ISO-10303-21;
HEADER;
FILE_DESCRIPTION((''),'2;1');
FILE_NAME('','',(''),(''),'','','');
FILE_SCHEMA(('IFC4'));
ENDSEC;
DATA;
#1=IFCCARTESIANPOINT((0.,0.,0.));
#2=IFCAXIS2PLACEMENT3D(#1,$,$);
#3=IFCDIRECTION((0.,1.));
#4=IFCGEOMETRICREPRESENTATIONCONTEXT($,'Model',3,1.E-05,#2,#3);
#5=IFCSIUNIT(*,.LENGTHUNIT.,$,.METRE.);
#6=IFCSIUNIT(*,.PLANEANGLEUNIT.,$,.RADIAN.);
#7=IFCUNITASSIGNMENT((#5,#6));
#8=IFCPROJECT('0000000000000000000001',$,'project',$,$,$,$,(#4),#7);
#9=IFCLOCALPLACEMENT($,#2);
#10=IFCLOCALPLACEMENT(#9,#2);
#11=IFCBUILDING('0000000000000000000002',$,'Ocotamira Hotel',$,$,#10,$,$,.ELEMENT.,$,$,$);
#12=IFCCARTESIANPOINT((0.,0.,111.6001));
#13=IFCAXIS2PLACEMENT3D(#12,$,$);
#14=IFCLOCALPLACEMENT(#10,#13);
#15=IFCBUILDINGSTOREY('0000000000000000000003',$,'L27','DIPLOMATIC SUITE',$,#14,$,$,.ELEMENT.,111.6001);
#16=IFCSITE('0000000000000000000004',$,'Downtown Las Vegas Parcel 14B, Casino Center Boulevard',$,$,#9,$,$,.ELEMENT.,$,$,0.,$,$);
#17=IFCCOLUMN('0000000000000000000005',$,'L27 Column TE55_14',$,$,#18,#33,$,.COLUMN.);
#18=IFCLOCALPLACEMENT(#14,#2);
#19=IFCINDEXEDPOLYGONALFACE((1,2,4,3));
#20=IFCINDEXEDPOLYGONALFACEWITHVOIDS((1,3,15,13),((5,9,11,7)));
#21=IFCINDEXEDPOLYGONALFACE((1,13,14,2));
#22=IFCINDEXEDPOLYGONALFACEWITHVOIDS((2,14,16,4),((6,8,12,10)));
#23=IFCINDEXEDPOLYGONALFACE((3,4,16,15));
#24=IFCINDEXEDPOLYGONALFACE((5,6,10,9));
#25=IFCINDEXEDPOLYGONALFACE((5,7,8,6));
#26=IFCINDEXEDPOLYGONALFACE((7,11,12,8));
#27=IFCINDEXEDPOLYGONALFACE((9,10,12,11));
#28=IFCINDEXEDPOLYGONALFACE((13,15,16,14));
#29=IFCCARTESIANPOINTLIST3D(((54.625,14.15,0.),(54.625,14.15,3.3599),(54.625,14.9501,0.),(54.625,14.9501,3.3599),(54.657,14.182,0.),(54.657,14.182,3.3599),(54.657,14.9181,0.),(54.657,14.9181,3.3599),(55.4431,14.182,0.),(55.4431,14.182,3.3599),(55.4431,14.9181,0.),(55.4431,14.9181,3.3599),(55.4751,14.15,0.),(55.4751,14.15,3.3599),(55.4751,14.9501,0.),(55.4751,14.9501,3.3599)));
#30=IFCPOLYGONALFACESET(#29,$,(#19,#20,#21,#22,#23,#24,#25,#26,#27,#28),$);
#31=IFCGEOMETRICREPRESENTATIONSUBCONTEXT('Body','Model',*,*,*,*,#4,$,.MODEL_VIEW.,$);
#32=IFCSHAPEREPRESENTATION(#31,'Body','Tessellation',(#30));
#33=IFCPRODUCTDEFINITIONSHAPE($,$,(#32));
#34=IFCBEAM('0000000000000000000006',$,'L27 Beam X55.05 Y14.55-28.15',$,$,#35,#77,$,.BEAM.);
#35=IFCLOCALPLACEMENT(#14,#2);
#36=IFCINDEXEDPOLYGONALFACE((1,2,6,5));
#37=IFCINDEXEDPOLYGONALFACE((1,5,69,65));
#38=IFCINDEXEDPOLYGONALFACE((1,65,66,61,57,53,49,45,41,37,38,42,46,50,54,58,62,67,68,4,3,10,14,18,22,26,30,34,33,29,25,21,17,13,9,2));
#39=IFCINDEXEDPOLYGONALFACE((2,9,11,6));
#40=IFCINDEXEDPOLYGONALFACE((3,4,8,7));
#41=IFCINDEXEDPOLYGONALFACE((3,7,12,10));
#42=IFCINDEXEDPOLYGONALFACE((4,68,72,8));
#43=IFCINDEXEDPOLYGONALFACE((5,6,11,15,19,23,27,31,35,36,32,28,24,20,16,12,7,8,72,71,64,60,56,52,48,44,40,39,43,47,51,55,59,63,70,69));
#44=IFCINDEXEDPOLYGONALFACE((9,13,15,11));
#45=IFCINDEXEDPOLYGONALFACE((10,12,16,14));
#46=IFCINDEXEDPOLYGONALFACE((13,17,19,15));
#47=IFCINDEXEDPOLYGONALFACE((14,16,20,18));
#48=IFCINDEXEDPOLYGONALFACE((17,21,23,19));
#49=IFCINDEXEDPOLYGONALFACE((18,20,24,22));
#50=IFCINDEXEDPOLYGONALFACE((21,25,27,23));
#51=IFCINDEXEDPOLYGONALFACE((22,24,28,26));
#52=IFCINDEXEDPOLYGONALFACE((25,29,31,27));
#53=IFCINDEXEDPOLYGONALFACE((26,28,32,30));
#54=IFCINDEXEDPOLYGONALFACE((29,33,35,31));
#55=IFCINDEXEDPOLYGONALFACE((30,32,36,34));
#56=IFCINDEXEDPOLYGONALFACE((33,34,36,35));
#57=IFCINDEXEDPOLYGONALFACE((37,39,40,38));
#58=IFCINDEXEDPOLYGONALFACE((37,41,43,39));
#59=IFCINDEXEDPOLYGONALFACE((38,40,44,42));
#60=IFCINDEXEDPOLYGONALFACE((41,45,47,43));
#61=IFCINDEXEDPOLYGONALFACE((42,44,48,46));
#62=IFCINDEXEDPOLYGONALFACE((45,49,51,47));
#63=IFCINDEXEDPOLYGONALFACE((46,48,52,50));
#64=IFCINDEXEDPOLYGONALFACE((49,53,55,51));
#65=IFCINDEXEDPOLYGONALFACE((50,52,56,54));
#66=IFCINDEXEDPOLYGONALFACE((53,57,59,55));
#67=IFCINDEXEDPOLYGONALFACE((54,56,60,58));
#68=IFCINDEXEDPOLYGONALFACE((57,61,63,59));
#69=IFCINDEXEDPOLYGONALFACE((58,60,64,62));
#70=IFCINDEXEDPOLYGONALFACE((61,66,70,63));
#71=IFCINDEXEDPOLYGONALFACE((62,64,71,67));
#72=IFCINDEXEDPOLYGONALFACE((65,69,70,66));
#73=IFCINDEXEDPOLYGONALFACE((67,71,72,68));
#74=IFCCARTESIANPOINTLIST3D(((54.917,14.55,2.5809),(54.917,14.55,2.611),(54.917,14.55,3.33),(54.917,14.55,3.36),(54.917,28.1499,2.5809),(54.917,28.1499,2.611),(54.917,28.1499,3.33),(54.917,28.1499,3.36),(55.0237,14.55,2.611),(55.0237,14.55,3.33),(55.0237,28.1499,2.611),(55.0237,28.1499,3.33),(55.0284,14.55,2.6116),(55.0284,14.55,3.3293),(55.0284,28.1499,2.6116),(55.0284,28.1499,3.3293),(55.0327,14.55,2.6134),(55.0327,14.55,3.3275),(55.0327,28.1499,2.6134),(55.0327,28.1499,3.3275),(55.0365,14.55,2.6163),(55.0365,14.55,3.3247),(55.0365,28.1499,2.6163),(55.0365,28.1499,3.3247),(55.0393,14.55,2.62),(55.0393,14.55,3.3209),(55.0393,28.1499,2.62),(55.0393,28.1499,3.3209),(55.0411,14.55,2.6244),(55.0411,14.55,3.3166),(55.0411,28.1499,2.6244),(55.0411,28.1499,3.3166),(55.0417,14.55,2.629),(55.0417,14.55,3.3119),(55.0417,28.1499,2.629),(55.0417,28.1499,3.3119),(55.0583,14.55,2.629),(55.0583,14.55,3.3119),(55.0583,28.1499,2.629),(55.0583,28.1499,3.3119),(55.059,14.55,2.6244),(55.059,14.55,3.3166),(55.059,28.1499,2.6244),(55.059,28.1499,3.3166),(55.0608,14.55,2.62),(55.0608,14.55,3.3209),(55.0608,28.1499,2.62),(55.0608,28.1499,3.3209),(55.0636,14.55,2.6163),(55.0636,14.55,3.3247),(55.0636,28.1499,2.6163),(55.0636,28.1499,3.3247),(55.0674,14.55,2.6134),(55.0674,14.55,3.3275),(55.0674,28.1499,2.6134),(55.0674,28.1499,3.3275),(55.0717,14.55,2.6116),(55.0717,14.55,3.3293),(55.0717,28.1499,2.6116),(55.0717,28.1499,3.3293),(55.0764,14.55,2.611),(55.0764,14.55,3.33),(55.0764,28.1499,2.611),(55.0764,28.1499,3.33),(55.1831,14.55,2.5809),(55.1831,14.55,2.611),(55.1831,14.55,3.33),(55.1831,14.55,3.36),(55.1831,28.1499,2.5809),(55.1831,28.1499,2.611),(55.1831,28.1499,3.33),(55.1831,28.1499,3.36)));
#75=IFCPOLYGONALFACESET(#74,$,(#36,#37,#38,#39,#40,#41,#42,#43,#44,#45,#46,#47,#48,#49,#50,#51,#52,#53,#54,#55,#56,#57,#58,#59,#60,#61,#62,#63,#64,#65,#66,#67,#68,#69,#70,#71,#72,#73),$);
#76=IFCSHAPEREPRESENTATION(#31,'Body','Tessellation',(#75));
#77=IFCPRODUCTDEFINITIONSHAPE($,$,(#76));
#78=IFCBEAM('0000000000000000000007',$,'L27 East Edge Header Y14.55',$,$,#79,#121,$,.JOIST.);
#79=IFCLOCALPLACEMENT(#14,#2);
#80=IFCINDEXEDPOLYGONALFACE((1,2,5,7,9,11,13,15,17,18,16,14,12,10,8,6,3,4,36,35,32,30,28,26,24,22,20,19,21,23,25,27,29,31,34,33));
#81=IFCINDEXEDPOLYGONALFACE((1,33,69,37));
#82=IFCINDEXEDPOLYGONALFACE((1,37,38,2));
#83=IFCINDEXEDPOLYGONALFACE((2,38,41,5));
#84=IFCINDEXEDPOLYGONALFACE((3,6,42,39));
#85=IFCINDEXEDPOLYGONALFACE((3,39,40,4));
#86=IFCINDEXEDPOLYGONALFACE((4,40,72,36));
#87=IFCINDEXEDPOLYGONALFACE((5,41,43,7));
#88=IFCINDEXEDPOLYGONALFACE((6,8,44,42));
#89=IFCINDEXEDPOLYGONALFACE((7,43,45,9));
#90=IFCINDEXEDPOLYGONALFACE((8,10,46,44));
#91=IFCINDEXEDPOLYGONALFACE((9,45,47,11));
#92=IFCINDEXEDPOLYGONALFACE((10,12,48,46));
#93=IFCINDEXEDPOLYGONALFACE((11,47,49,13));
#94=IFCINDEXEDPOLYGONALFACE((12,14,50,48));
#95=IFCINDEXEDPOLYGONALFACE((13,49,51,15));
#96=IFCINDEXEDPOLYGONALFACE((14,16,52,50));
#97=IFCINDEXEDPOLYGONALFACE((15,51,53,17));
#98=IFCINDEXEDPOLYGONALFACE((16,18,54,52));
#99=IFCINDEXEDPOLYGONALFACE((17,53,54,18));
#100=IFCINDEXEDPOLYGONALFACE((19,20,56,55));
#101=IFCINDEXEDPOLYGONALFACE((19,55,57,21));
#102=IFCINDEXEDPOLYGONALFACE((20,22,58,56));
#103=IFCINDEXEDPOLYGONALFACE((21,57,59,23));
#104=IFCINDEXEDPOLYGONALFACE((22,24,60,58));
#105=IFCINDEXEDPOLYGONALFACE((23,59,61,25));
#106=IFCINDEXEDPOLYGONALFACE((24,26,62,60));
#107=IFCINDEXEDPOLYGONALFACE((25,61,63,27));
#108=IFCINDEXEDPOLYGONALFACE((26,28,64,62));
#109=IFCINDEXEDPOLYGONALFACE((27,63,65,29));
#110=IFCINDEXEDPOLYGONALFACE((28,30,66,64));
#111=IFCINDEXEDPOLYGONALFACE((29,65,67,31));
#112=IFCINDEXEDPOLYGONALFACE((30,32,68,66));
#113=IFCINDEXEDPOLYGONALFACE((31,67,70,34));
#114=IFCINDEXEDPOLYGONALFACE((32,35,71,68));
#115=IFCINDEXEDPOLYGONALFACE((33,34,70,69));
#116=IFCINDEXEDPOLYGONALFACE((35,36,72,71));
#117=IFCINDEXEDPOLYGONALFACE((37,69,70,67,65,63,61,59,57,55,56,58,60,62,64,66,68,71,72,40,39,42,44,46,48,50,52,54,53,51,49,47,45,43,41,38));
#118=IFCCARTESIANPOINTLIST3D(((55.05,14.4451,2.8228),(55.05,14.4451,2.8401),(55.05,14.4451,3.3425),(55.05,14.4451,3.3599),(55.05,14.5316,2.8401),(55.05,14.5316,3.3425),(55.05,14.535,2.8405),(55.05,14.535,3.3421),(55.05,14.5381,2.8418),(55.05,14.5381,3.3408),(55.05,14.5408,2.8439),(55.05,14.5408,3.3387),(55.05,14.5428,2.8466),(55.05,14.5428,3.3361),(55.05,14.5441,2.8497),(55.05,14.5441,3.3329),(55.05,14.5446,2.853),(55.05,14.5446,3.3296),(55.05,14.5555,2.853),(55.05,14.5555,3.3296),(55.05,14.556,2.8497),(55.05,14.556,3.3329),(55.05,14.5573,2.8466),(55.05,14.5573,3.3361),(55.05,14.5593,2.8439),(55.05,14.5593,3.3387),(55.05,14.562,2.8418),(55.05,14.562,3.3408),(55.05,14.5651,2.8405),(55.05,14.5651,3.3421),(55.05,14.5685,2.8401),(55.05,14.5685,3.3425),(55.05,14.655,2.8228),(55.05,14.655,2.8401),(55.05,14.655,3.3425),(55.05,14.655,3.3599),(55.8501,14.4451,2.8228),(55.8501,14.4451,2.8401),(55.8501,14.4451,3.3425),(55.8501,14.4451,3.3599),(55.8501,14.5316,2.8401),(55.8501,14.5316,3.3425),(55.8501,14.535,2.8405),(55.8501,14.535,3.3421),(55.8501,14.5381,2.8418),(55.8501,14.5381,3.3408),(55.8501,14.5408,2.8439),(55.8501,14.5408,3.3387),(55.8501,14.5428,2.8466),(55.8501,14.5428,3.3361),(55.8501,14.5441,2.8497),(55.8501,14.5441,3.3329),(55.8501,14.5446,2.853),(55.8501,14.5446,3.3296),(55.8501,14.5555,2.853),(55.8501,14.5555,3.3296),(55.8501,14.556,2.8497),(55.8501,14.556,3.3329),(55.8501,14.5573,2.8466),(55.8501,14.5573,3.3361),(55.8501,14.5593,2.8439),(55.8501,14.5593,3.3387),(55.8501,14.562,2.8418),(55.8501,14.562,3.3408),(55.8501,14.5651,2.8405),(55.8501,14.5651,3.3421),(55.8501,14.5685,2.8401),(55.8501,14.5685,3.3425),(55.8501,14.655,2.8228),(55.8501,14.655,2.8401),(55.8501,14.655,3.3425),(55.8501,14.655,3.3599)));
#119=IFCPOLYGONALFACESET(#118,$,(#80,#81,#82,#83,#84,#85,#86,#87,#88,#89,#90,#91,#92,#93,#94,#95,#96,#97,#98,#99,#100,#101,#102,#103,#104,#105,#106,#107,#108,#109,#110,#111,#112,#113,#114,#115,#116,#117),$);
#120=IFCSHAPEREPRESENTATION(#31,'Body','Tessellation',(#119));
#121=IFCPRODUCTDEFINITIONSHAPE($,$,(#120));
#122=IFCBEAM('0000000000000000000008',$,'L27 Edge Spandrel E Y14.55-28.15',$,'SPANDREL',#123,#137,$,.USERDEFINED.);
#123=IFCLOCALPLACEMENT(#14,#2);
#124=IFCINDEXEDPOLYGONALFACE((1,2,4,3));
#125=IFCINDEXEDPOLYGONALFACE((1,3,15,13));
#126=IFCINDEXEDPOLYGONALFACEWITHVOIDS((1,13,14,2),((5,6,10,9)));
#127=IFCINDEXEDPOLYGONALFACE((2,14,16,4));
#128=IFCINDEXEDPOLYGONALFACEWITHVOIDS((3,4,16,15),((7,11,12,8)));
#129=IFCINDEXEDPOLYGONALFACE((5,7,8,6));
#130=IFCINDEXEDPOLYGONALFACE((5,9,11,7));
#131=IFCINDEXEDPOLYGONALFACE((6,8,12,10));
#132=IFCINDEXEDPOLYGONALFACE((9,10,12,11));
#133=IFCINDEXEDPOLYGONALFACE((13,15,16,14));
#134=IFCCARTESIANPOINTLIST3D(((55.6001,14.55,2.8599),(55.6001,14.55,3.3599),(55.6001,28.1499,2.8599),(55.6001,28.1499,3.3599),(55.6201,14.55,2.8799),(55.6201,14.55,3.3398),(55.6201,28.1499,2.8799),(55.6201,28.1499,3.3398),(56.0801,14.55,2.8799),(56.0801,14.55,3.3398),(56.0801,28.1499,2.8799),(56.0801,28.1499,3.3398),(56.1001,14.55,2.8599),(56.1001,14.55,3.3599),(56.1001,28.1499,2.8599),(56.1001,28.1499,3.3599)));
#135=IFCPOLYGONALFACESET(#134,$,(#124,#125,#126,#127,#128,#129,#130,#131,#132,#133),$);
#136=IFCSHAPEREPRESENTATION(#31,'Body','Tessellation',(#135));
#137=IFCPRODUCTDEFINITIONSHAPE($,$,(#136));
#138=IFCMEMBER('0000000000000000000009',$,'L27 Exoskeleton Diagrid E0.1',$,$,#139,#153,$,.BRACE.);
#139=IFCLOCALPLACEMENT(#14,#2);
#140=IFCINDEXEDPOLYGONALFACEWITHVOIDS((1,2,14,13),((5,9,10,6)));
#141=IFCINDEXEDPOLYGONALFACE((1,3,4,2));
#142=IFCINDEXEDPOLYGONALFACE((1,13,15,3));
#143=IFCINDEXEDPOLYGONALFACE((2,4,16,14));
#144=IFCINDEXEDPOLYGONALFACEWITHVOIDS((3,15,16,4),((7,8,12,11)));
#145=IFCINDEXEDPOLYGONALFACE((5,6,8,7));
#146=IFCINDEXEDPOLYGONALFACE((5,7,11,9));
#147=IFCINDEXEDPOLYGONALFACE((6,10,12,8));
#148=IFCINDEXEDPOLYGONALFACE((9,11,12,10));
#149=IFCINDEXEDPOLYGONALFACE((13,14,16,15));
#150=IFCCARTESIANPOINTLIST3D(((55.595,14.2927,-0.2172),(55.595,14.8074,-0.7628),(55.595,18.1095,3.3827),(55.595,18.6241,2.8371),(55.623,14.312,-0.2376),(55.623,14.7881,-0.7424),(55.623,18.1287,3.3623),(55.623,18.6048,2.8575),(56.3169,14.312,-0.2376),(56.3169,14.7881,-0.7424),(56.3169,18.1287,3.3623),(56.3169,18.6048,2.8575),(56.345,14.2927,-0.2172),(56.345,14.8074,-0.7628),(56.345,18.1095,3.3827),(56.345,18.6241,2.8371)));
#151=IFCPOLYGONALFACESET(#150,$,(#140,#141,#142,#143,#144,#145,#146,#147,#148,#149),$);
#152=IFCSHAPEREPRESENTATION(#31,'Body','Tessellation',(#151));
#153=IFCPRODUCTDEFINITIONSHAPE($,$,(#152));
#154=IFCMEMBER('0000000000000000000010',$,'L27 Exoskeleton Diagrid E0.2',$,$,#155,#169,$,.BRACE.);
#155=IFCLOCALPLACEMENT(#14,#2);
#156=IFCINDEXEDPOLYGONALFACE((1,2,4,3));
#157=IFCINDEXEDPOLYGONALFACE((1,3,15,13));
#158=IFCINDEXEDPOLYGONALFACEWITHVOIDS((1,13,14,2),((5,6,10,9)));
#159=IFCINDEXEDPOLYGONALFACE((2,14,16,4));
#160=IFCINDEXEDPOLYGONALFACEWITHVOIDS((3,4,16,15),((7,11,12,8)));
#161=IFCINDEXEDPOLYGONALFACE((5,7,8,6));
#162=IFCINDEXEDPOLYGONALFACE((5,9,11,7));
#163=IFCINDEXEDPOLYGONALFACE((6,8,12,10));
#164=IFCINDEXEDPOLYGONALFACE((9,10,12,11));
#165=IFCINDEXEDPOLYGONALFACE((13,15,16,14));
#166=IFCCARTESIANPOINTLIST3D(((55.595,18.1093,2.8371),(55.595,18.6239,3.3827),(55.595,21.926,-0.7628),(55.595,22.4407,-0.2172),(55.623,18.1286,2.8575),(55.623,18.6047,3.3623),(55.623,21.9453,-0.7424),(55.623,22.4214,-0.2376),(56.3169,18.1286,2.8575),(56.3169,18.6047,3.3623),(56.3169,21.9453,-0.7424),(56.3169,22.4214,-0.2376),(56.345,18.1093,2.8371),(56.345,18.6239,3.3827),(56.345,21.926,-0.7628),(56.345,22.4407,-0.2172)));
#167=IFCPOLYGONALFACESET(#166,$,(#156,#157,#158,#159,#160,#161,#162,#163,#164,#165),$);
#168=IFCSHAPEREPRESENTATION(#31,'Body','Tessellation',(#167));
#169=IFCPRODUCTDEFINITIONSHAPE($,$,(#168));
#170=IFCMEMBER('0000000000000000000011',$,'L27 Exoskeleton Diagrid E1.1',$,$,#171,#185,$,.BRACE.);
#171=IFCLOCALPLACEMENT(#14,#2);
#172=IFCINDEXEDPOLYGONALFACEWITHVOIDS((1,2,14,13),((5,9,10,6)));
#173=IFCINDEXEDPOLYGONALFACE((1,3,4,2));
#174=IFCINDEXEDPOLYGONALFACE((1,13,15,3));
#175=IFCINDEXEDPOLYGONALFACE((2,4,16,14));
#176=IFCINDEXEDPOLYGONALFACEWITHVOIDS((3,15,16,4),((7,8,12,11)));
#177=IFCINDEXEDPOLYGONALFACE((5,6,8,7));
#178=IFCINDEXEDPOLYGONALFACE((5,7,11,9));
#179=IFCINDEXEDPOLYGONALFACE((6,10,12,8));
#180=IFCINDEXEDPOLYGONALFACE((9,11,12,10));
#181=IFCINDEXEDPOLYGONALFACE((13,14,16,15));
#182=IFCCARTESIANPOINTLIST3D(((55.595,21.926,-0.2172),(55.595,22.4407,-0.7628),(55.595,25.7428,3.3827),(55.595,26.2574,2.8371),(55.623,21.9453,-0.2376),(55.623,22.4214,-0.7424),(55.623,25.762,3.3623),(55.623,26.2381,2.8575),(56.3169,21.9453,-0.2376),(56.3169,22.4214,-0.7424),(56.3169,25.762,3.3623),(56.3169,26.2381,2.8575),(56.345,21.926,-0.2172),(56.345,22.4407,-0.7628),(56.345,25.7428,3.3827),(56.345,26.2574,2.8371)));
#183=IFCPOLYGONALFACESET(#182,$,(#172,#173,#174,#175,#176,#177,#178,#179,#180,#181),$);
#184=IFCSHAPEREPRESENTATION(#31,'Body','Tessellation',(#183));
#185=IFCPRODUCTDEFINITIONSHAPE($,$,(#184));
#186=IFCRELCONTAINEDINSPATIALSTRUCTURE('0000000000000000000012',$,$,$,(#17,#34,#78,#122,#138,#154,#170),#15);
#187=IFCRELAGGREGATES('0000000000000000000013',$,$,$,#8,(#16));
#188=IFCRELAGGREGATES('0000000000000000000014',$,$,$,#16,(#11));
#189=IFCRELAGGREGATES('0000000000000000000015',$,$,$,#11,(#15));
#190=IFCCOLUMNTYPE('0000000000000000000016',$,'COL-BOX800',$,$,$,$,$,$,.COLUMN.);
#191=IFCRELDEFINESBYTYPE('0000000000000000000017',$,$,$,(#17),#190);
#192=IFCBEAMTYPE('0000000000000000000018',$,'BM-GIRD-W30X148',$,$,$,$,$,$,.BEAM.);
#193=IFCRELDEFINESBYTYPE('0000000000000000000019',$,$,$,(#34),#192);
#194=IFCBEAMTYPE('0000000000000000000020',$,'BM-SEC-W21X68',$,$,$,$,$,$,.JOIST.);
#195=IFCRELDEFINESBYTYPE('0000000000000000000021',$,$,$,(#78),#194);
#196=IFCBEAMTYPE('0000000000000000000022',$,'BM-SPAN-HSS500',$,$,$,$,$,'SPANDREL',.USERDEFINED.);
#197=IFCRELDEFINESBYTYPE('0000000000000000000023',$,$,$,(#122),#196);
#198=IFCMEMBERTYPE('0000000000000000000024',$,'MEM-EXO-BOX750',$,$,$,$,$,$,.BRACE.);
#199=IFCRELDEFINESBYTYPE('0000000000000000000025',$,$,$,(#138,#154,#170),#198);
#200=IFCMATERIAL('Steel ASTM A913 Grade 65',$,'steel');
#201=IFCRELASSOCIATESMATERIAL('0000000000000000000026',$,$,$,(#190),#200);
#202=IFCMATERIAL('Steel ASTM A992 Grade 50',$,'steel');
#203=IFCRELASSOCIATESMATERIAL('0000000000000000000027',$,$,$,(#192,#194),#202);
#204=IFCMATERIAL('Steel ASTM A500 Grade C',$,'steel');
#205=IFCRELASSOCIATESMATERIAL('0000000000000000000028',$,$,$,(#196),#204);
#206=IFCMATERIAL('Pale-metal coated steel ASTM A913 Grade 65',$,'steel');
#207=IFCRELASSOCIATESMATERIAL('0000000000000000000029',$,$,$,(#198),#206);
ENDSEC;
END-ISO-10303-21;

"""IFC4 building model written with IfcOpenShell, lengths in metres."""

from ifc_helpers import new_model, si_unit, direction, frame, origin, origin_2d, place, context, subcontext, project, spatial, hollow_rectangle, i_section, extrude, source, transform, mapped, material, material_profile, profile_set, type_object, element, save


model = new_model("IFC4")

# Units and contexts
model_context = context("Model", 3, precision=1e-05, world=origin(), true_north=direction((0.0, 1.0)))
body_context = subcontext(model_context, "Body", "Model", "MODEL_VIEW")
ifc_project = project(units=[si_unit("LENGTHUNIT", "METRE"), si_unit("PLANEANGLEUNIT", "RADIAN")], contexts=[model_context])

# Site, building, storey
site_placement = place(None, origin())
site = spatial("IfcSite", under=ifc_project, at=site_placement, Name="Downtown Las Vegas Parcel 14B, Casino Center Boulevard", CompositionType="ELEMENT", RefElevation=0.0)
building_placement = place(site_placement, origin())
building = spatial("IfcBuilding", under=site, at=building_placement, Name="Ocotamira Hotel", CompositionType="ELEMENT")
storey_placement = place(building_placement, frame((0.0, 0.0, 111.6001)))
storey = spatial("IfcBuildingStorey", under=building, at=storey_placement, Name="L27", Description="DIPLOMATIC SUITE", CompositionType="ELEMENT", Elevation=111.6001)

# Column
ifc_material_1 = material(Name="Steel ASTM A913 Grade 65", Category="steel")
ifc_material_profile_1 = material_profile(ifc_material_1, hollow_rectangle(XDim=0.8501, YDim=0.8, WallThickness=0.032, at=origin_2d()), Name="BOX800X850X32")
ifc_profile_set_1 = profile_set([ifc_material_profile_1], Name="Steel ASTM A913 Grade 65")
column_type = type_object("IfcColumnType", Name="COL-BOX800", PredefinedType="COLUMN", material=ifc_profile_set_1)
shared_shape_1 = source(origin(), body_context, "Body", "SweptSolid", [
    extrude(hollow_rectangle(XDim=0.8501, YDim=0.8, WallThickness=0.032, at=origin_2d()), origin(), (0.0, 0.0, 1.0), 3.3599),
])
column_placement = place(storey_placement, frame((55.05, 14.55, 0.0), z_axis=(0.0, 0.0, 1.0), x_axis=(1.0, 0.0, 0.0)))
element("IfcColumn", 1, at=column_placement, inside=storey, type_object=column_type, Name="L27 Column TE55_14", PredefinedType="COLUMN", context=body_context, shape_type="MappedRepresentation", body=[
    mapped(shared_shape_1, transform((0.0, 0.0, 0.0), scale=1.0)),
])

# Beams
ifc_material_2 = material(Name="Steel ASTM A992 Grade 50", Category="steel")
ifc_material_profile_2 = material_profile(ifc_material_2, i_section(OverallWidth=0.2661, OverallDepth=0.7791, WebThickness=0.0166, FlangeThickness=0.03, FilletRadius=0.0181, at=origin_2d()), Name="W30X148")
ifc_profile_set_2 = profile_set([ifc_material_profile_2], Name="Steel ASTM A992 Grade 50")
beam_type_1 = type_object("IfcBeamType", Name="BM-GIRD-W30X148", PredefinedType="BEAM", material=ifc_profile_set_2)
shared_shape_2 = source(origin(), body_context, "Body", "SweptSolid", [
    extrude(i_section(OverallWidth=0.2661, OverallDepth=0.7791, WebThickness=0.0166, FlangeThickness=0.03, FilletRadius=0.0181, at=origin_2d()), origin(), (0.0, 0.0, 1.0), 13.5999),
])
beam_1_placement = place(storey_placement, frame((55.05, 14.55, 2.9705), z_axis=(0.0, 1.0, 0.0), x_axis=(-1.0, 0.0, 0.0)))
element("IfcBeam", 2, at=beam_1_placement, inside=storey, type_object=beam_type_1, Name="L27 Beam X55.05 Y14.55-28.15", PredefinedType="BEAM", context=body_context, shape_type="MappedRepresentation", body=[
    mapped(shared_shape_2, transform((0.0, 0.0, 0.0), scale=1.0)),
])
ifc_material_profile_3 = material_profile(ifc_material_2, i_section(OverallWidth=0.21, OverallDepth=0.5371, WebThickness=0.011, FlangeThickness=0.0173, FilletRadius=0.0129, at=origin_2d()), Name="W21X68")
ifc_profile_set_3 = profile_set([ifc_material_profile_3], Name="Steel ASTM A992 Grade 50")
beam_type_2 = type_object("IfcBeamType", Name="BM-SEC-W21X68", PredefinedType="JOIST", material=ifc_profile_set_3)
shared_shape_3 = source(origin(), body_context, "Body", "SweptSolid", [
    extrude(i_section(OverallWidth=0.21, OverallDepth=0.5371, WebThickness=0.011, FlangeThickness=0.0173, FilletRadius=0.0129, at=origin_2d()), origin(), (0.0, 0.0, 1.0), 0.8),
])
beam_2_placement = place(storey_placement, frame((55.05, 14.55, 3.0913), z_axis=(1.0, 0.0, 0.0), x_axis=(0.0, 1.0, 0.0)))
element("IfcBeam", 3, at=beam_2_placement, inside=storey, type_object=beam_type_2, Name="L27 East Edge Header Y14.55", PredefinedType="JOIST", context=body_context, shape_type="MappedRepresentation", body=[
    mapped(shared_shape_3, transform((0.0, 0.0, 0.0), scale=1.0)),
])
ifc_material_3 = material(Name="Steel ASTM A500 Grade C", Category="steel")
ifc_material_profile_4 = material_profile(ifc_material_3, hollow_rectangle(XDim=0.5, YDim=0.5, WallThickness=0.02, at=origin_2d()), Name="HSS500X500X20")
ifc_profile_set_4 = profile_set([ifc_material_profile_4], Name="Steel ASTM A500 Grade C")
beam_type_3 = type_object("IfcBeamType", Name="BM-SPAN-HSS500", ElementType="SPANDREL", PredefinedType="USERDEFINED", material=ifc_profile_set_4)
shared_shape_4 = source(origin(), body_context, "Body", "SweptSolid", [
    extrude(hollow_rectangle(XDim=0.5, YDim=0.5, WallThickness=0.02, at=origin_2d()), origin(), (0.0, 0.0, 1.0), 13.5999),
])
beam_3_placement = place(storey_placement, frame((55.8501, 14.55, 3.1099), z_axis=(0.0, 1.0, 0.0), x_axis=(-1.0, 0.0, 0.0)))
element("IfcBeam", 4, at=beam_3_placement, inside=storey, type_object=beam_type_3, Name="L27 Edge Spandrel E Y14.55-28.15", ObjectType="SPANDREL", PredefinedType="USERDEFINED", context=body_context, shape_type="MappedRepresentation", body=[
    mapped(shared_shape_4, transform((0.0, 0.0, 0.0), scale=1.0)),
])

# Members
ifc_material_4 = material(Name="Pale-metal coated steel ASTM A913 Grade 65", Category="steel")
ifc_material_profile_5 = material_profile(ifc_material_4, hollow_rectangle(XDim=0.75, YDim=0.75, WallThickness=0.0281, at=origin_2d()), Name="BOX750X750X28")
ifc_profile_set_5 = profile_set([ifc_material_profile_5], Name="Pale-metal coated steel ASTM A913 Grade 65")
member_type_1 = type_object("IfcMemberType", Name="MEM-EXO-BOX750", PredefinedType="BRACE", material=ifc_profile_set_5)
shared_shape_5 = source(origin(), body_context, "Body", "SweptSolid", [
    extrude(hollow_rectangle(XDim=0.75, YDim=0.75, WallThickness=0.0281, at=origin_2d()), origin(), (0.0, 0.0, 1.0), 5.2466),
])
for number, where, z_axis, x_axis, name in (
    (5, (55.97, 14.55, -0.49), (0.0, 0.727466, 0.686144), (-1.0, 0.0, 0.0), "L27 Exoskeleton Diagrid E0.1"),
    (6, (55.97, 22.1833, -0.49), (0.0, -0.727466, 0.686144), (1.0, 0.0, 0.0), "L27 Exoskeleton Diagrid E0.2"),
    (7, (55.97, 22.1833, -0.49), (0.0, 0.727466, 0.686144), (-1.0, 0.0, 0.0), "L27 Exoskeleton Diagrid E1.1"),
):
    element("IfcMember", number, at=place(storey_placement, frame(where, z_axis=z_axis, x_axis=x_axis)), inside=storey, type_object=member_type_1, Name=name, PredefinedType="BRACE", context=body_context, shape_type="MappedRepresentation", body=[
        mapped(shared_shape_5, transform((0.0, 0.0, 0.0), scale=1.0)),
    ])

save(model, "model.ifc")
